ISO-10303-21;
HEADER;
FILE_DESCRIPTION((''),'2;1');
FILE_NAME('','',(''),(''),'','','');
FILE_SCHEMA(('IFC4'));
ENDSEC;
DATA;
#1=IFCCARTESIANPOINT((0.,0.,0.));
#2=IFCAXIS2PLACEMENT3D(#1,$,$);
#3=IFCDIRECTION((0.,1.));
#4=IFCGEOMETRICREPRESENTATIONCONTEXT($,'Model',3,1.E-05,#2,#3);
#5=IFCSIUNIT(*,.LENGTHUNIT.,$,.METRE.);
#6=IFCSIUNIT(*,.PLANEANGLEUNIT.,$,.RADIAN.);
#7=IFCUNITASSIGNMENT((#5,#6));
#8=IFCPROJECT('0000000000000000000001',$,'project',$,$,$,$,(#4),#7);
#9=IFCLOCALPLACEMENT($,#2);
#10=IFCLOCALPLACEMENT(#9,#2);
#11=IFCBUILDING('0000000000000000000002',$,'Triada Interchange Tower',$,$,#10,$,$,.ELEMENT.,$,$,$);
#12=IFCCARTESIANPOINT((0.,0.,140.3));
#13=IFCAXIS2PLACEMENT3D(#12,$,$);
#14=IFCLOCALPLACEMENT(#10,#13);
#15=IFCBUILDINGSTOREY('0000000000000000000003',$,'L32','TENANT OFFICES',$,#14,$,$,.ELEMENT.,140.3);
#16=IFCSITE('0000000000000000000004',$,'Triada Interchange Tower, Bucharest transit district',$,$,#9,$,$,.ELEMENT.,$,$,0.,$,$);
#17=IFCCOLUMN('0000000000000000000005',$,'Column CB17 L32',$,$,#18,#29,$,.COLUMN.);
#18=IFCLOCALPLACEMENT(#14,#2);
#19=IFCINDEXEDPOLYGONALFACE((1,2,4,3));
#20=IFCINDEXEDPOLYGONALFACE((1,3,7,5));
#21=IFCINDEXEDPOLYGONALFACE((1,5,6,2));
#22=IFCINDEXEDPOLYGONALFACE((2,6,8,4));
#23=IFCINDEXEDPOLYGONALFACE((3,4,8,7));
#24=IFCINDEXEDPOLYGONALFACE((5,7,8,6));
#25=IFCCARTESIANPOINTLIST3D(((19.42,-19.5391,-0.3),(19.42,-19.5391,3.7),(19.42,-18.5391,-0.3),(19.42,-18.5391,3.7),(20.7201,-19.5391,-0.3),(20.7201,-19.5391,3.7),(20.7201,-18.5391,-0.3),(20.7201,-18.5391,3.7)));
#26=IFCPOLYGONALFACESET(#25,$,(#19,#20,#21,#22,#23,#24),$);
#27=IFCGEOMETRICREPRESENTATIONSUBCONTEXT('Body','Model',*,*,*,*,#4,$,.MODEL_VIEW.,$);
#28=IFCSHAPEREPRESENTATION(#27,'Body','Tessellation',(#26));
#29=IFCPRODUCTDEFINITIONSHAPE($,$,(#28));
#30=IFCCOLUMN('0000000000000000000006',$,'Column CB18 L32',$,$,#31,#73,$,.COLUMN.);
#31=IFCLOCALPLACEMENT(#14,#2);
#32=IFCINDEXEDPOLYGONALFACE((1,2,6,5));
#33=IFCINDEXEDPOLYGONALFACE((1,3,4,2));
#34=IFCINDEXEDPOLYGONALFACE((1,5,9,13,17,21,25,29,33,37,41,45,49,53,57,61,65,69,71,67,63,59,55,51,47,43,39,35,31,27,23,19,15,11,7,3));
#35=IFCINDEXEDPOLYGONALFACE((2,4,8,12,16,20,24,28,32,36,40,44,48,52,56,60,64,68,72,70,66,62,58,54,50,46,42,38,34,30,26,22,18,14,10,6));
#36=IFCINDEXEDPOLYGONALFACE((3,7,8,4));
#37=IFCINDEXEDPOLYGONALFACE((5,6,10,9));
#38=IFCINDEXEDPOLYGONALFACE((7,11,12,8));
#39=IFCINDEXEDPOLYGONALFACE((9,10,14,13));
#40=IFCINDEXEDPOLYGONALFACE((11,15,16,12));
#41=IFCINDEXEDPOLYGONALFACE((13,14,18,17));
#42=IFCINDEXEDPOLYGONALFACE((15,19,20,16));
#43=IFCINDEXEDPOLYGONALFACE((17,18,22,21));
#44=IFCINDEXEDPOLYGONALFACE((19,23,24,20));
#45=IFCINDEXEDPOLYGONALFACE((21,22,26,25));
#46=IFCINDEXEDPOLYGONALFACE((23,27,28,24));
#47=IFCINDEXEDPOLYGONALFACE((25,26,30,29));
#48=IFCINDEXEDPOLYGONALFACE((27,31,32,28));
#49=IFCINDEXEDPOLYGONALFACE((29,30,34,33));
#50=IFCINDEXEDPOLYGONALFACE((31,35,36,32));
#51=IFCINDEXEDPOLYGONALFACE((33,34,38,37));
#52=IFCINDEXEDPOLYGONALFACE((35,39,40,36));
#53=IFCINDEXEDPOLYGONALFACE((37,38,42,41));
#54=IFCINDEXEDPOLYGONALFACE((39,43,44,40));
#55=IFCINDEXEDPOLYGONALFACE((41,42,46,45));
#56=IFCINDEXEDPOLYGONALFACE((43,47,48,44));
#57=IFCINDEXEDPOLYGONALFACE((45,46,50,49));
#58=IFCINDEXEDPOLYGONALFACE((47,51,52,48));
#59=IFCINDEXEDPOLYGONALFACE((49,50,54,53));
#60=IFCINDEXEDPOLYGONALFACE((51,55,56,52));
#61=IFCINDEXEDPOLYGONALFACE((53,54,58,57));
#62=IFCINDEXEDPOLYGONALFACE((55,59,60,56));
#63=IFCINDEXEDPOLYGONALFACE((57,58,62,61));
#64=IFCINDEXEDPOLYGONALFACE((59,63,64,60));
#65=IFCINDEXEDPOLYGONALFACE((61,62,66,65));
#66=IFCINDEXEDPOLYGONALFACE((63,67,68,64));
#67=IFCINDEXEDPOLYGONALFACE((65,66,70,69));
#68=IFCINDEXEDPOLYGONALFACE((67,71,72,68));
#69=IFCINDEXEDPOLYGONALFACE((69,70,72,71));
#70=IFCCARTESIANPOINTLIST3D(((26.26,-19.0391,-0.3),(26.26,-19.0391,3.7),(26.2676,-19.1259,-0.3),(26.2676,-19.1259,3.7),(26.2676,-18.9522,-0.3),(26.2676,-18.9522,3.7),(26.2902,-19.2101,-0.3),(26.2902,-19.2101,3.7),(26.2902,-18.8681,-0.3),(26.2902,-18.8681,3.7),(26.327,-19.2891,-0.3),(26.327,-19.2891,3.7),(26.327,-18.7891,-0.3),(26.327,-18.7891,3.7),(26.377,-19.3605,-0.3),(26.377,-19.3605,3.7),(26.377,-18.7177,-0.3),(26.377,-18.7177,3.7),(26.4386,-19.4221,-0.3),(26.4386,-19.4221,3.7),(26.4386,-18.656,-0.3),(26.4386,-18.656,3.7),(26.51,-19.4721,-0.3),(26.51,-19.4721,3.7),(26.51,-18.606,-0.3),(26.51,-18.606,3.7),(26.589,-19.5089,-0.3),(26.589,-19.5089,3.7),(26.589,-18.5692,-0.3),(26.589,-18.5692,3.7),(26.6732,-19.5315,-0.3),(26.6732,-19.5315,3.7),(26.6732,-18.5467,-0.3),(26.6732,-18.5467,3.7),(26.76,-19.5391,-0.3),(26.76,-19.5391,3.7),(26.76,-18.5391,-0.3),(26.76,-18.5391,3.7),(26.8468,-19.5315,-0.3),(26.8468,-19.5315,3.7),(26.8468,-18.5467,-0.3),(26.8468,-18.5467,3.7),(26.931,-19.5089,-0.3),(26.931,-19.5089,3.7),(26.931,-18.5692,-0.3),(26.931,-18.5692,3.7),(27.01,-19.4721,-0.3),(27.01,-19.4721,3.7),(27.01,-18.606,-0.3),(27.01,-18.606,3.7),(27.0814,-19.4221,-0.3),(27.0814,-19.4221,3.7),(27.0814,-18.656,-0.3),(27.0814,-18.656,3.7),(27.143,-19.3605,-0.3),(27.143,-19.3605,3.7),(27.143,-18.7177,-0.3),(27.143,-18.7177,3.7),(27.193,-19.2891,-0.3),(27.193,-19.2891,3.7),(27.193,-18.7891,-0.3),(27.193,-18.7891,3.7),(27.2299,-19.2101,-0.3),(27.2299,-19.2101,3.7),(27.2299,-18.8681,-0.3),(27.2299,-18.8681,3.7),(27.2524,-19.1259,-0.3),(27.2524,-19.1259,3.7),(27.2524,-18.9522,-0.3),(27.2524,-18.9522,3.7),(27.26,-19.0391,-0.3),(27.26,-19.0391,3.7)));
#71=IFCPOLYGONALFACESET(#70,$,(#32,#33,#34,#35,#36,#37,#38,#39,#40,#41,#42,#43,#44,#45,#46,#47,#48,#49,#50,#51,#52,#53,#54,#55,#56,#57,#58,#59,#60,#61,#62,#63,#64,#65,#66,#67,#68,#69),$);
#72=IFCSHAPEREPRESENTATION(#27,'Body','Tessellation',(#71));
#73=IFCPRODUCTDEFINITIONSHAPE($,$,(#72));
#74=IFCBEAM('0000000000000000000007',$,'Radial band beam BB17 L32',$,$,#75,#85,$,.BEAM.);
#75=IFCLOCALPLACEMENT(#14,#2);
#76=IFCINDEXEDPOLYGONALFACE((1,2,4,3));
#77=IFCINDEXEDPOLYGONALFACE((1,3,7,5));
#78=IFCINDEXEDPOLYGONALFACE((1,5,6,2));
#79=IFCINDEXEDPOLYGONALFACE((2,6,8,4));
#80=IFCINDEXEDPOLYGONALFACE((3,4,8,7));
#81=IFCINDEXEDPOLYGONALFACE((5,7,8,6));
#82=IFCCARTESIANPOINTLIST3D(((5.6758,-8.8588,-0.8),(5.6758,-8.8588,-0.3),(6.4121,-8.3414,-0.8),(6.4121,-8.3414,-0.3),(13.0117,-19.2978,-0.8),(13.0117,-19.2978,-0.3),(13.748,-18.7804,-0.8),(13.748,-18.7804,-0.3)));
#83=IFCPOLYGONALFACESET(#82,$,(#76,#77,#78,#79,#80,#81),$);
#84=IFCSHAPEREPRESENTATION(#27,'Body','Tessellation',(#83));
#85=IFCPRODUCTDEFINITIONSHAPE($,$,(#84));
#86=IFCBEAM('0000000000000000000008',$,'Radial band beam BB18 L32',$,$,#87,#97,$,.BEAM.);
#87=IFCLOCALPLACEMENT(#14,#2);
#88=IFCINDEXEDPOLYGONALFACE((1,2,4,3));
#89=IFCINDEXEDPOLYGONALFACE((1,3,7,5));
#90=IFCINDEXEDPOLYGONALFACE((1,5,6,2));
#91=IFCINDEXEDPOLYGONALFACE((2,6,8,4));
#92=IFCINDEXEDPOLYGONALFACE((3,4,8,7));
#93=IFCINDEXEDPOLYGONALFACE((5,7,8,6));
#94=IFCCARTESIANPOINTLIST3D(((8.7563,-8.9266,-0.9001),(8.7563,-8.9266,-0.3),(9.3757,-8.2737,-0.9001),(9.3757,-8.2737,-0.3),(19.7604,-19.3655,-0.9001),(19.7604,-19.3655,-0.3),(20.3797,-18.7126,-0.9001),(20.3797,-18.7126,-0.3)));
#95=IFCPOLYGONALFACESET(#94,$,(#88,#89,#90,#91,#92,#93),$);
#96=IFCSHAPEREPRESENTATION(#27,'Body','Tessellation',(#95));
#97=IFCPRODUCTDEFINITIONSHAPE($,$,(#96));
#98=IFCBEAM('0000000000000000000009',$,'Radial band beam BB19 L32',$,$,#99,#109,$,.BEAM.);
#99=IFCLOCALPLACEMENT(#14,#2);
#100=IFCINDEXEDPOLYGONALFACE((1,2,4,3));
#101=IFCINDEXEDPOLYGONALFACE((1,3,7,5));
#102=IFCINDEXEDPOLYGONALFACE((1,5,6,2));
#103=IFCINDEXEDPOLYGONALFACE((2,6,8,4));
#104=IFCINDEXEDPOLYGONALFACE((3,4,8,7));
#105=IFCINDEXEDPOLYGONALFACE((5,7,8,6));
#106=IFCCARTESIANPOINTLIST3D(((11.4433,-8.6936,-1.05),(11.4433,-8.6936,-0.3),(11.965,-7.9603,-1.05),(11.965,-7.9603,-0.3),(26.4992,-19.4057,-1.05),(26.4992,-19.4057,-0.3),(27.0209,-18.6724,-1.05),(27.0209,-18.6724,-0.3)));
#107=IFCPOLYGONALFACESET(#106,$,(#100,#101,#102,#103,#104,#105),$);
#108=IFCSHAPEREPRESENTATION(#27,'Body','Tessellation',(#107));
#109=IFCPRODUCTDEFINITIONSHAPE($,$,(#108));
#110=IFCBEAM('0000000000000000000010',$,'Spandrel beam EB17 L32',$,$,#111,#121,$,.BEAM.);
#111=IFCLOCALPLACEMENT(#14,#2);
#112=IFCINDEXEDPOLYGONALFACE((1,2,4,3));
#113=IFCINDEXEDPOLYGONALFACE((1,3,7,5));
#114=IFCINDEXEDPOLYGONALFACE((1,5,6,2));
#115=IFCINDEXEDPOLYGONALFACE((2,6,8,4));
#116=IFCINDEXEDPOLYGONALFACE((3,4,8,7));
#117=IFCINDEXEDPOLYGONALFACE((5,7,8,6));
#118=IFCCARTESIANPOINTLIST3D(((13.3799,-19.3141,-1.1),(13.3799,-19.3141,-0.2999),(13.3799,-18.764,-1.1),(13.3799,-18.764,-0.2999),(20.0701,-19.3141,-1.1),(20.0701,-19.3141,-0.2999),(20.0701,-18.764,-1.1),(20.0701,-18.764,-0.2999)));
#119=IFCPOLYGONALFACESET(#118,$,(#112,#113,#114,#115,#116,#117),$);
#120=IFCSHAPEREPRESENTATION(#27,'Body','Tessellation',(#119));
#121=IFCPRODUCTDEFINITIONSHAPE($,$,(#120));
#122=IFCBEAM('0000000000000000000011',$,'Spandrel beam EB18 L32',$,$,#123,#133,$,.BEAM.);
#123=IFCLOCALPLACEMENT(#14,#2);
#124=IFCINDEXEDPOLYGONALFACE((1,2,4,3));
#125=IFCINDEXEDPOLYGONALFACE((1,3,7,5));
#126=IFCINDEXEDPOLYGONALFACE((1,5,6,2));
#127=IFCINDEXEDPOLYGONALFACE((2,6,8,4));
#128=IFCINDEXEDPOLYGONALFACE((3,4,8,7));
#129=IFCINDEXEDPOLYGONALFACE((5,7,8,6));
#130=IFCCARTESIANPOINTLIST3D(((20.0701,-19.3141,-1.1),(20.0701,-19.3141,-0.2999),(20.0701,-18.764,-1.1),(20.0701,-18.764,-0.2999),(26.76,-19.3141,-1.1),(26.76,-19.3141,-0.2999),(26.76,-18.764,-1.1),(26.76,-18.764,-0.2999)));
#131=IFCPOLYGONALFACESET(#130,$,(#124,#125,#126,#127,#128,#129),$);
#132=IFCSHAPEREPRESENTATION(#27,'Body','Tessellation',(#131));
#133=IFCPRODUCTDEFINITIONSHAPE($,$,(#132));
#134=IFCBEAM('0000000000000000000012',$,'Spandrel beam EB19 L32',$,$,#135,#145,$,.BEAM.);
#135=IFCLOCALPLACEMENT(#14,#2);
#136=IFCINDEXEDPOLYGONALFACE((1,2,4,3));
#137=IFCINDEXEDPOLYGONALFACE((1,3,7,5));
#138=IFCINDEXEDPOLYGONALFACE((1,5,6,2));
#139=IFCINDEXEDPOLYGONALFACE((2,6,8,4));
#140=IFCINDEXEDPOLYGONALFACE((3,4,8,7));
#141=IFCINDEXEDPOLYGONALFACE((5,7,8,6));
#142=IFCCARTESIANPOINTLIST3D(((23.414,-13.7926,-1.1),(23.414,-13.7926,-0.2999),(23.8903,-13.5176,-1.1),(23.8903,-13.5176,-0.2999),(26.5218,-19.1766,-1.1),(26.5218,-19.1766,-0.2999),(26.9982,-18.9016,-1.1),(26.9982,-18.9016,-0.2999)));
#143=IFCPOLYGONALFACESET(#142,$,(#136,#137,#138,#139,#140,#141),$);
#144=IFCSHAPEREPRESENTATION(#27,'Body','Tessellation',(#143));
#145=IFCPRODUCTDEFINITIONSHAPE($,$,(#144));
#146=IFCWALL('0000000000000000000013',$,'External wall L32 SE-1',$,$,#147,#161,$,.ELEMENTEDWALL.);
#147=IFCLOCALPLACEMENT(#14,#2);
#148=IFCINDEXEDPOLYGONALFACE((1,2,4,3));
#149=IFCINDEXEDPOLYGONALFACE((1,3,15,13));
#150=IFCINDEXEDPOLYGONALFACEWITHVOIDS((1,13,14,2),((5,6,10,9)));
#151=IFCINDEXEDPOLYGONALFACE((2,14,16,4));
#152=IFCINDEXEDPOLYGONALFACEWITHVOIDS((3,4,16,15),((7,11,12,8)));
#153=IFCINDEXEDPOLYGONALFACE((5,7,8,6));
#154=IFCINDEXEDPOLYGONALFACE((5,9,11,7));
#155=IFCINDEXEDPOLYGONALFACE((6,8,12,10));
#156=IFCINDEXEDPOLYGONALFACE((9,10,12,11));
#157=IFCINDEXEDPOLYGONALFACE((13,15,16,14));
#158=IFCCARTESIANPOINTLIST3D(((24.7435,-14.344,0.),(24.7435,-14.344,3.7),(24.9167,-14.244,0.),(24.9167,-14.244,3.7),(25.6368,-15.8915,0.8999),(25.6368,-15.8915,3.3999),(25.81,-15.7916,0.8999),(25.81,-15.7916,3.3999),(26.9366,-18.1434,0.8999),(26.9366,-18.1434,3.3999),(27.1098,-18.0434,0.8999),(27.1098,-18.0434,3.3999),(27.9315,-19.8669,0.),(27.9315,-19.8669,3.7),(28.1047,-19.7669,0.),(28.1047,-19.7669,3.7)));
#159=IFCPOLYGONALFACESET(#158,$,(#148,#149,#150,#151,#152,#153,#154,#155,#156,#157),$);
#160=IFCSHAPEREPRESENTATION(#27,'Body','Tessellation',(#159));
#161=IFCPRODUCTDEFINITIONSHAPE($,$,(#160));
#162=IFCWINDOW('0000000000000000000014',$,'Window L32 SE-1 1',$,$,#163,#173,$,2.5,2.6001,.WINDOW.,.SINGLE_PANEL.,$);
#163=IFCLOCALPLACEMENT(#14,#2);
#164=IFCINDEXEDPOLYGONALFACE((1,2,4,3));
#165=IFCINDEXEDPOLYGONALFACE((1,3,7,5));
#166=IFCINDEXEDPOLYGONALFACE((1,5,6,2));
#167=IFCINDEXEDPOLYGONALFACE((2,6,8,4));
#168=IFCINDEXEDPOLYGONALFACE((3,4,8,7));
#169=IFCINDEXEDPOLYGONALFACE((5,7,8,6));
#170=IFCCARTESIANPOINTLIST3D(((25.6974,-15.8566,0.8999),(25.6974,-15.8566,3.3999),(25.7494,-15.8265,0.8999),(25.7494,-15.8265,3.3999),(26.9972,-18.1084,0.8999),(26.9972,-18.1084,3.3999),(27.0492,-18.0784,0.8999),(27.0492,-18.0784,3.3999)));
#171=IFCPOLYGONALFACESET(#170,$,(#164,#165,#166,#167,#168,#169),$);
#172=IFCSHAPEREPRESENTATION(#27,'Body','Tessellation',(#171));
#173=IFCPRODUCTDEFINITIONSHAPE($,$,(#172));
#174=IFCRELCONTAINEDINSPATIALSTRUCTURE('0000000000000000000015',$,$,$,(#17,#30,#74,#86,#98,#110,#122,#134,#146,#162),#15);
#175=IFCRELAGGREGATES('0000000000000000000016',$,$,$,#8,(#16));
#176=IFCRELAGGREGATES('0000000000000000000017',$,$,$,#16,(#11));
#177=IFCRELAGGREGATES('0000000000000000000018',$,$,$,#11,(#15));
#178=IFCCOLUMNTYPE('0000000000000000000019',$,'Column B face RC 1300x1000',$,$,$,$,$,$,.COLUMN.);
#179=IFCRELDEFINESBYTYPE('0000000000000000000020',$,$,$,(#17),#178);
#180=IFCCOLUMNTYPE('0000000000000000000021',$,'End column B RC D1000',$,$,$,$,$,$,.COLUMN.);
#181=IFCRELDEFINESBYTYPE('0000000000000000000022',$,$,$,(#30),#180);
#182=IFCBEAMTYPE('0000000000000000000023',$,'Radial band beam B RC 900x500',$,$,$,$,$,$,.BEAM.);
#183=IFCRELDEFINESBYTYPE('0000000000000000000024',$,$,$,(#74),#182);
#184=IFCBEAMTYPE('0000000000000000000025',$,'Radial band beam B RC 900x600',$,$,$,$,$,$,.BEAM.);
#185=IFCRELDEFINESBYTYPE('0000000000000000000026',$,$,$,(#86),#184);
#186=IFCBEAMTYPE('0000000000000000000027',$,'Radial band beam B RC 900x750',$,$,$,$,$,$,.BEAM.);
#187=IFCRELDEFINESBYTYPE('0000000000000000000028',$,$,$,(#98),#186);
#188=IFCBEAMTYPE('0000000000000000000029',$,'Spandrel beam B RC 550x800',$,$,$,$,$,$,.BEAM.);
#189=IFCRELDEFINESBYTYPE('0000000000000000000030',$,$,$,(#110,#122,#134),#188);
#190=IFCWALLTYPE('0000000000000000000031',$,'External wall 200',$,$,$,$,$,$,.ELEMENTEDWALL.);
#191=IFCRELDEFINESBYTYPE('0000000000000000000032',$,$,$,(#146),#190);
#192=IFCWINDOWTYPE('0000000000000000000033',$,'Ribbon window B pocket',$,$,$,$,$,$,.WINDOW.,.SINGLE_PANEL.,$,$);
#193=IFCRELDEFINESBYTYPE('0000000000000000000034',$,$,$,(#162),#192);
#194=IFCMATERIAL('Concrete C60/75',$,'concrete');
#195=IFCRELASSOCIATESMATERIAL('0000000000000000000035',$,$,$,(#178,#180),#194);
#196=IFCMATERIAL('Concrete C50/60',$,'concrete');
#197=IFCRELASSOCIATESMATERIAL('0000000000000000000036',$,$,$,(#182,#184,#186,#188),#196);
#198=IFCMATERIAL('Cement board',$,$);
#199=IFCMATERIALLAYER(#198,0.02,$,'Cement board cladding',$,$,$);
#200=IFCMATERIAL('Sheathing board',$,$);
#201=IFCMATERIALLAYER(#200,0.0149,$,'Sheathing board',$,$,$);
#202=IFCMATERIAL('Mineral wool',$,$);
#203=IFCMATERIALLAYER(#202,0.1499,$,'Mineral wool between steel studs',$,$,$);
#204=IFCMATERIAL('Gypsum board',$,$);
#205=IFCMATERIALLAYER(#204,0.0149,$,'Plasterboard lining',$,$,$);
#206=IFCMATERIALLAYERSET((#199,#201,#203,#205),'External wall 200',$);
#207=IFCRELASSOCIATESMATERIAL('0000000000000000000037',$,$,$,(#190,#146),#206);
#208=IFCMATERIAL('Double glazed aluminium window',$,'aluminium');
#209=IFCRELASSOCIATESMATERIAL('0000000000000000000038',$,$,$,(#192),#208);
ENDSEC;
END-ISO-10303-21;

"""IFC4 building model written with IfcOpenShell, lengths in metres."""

from ifc_helpers import new_model, si_unit, direction, frame, frame_2d, origin, origin_2d, place, context, subcontext, project, spatial, rectangle, circle, extrude, material, layer, layer_set, layer_usage, material_profile, profile_set, type_object, element, fill, save


model = new_model("IFC4")

# Units and contexts
model_context = context("Model", 3, precision=1e-05, world=origin(), true_north=direction((0.0, 1.0)))
body_context = subcontext(model_context, "Body", "Model", "MODEL_VIEW")
ifc_project = project(units=[si_unit("LENGTHUNIT", "METRE"), si_unit("PLANEANGLEUNIT", "RADIAN")], contexts=[model_context])

# Site, building, storey
site_placement = place(None, origin())
site = spatial("IfcSite", under=ifc_project, at=site_placement, Name="Triada Interchange Tower, Bucharest transit district", CompositionType="ELEMENT", RefElevation=0.0)
building_placement = place(site_placement, origin())
building = spatial("IfcBuilding", under=site, at=building_placement, Name="Triada Interchange Tower", CompositionType="ELEMENT")
storey_placement = place(building_placement, frame((0.0, 0.0, 140.3)))
storey = spatial("IfcBuildingStorey", under=building, at=storey_placement, Name="L32", Description="TENANT OFFICES", CompositionType="ELEMENT", Elevation=140.3)

# Columns
ifc_material_1 = material(Name="Concrete C60/75", Category="concrete")
ifc_material_profile_1 = material_profile(ifc_material_1, rectangle(XDim=1.3, YDim=1.0, at=origin_2d()), Name="RC 1300x1000")
ifc_profile_set_1 = profile_set([ifc_material_profile_1], Name="Concrete C60/75")
column_type_1 = type_object("IfcColumnType", Name="Column B face RC 1300x1000", PredefinedType="COLUMN", material=ifc_profile_set_1)
column_1_placement = place(storey_placement, frame((20.0701, -19.0391, -0.3), z_axis=(0.0, 0.0, 1.0), x_axis=(1.0, 0.0, 0.0)))
element("IfcColumn", 1, at=column_1_placement, inside=storey, type_object=column_type_1, Name="Column CB17 L32", PredefinedType="COLUMN", context=body_context, shape_type="SweptSolid", body=[
    extrude(rectangle(XDim=1.3, YDim=1.0, at=origin_2d()), origin(), (0.0, 0.0, 1.0), 4.0),
])
ifc_material_profile_2 = material_profile(ifc_material_1, circle(Radius=0.5, at=origin_2d()), Name="RC D1000")
ifc_profile_set_2 = profile_set([ifc_material_profile_2], Name="Concrete C60/75")
column_type_2 = type_object("IfcColumnType", Name="End column B RC D1000", PredefinedType="COLUMN", material=ifc_profile_set_2)
column_2_placement = place(storey_placement, frame((26.76, -19.0391, -0.3), z_axis=(0.0, 0.0, 1.0), x_axis=(1.0, 0.0, 0.0)))
element("IfcColumn", 2, at=column_2_placement, inside=storey, type_object=column_type_2, Name="Column CB18 L32", PredefinedType="COLUMN", context=body_context, shape_type="SweptSolid", body=[
    extrude(circle(Radius=0.5, at=origin_2d()), origin(), (0.0, 0.0, 1.0), 4.0),
])

# Beams
ifc_material_2 = material(Name="Concrete C50/60", Category="concrete")
ifc_material_profile_3 = material_profile(ifc_material_2, rectangle(XDim=0.8999, YDim=0.5, at=origin_2d()), Name="RC 900x500")
ifc_profile_set_3 = profile_set([ifc_material_profile_3], Name="Concrete C50/60")
beam_type_1 = type_object("IfcBeamType", Name="Radial band beam B RC 900x500", PredefinedType="BEAM", material=ifc_profile_set_3)
beam_1_placement = place(storey_placement, frame((13.3799, -19.0391, -0.55), z_axis=(-0.574969, 0.818175, 0.0), x_axis=(-0.818175, -0.574969, 0.0)))
element("IfcBeam", 3, at=beam_1_placement, inside=storey, type_object=beam_type_1, Name="Radial band beam BB17 L32", PredefinedType="BEAM", context=body_context, shape_type="SweptSolid", body=[
    extrude(rectangle(XDim=0.8999, YDim=0.5, at=origin_2d()), origin(), (0.0, 0.0, 1.0), 12.7588),
])
ifc_material_profile_4 = material_profile(ifc_material_2, rectangle(XDim=0.8999, YDim=0.6001, at=origin_2d()), Name="RC 900x600")
ifc_profile_set_4 = profile_set([ifc_material_profile_4], Name="Concrete C50/60")
beam_type_2 = type_object("IfcBeamType", Name="Radial band beam B RC 900x600", PredefinedType="BEAM", material=ifc_profile_set_4)
beam_2_placement = place(storey_placement, frame((20.0701, -19.0391, -0.6001), z_axis=(-0.725492, 0.68823, 0.0), x_axis=(-0.68823, -0.725492, 0.0)))
element("IfcBeam", 4, at=beam_2_placement, inside=storey, type_object=beam_type_2, Name="Radial band beam BB18 L32", PredefinedType="BEAM", context=body_context, shape_type="SweptSolid", body=[
    extrude(rectangle(XDim=0.8999, YDim=0.6001, at=origin_2d()), origin(), (0.0, 0.0, 1.0), 15.1677),
])
ifc_material_profile_5 = material_profile(ifc_material_2, rectangle(XDim=0.8999, YDim=0.75, at=origin_2d()), Name="RC 900x750")
ifc_profile_set_5 = profile_set([ifc_material_profile_5], Name="Concrete C50/60")
beam_type_3 = type_object("IfcBeamType", Name="Radial band beam B RC 900x750", PredefinedType="BEAM", material=ifc_profile_set_5)
beam_3_placement = place(storey_placement, frame((26.76, -19.0391, -0.675), z_axis=(-0.814809, 0.57973, 0.0), x_axis=(-0.57973, -0.814809, 0.0)))
element("IfcBeam", 5, at=beam_3_placement, inside=storey, type_object=beam_type_3, Name="Radial band beam BB19 L32", PredefinedType="BEAM", context=body_context, shape_type="SweptSolid", body=[
    extrude(rectangle(XDim=0.8999, YDim=0.75, at=origin_2d()), origin(), (0.0, 0.0, 1.0), 18.4778),
])
ifc_material_profile_6 = material_profile(ifc_material_2, rectangle(XDim=0.55, YDim=0.8, at=origin_2d()), Name="RC 550x800")
ifc_profile_set_6 = profile_set([ifc_material_profile_6], Name="Concrete C50/60")
beam_type_4 = type_object("IfcBeamType", Name="Spandrel beam B RC 550x800", PredefinedType="BEAM", material=ifc_profile_set_6)
beam_4_placement = place(storey_placement, frame((13.3799, -19.0391, -0.7), z_axis=(1.0, 0.0, 0.0), x_axis=(0.0, 1.0, 0.0)))
element("IfcBeam", 6, at=beam_4_placement, inside=storey, type_object=beam_type_4, Name="Spandrel beam EB17 L32", PredefinedType="BEAM", context=body_context, shape_type="SweptSolid", body=[
    extrude(rectangle(XDim=0.55, YDim=0.8, at=origin_2d()), origin(), (0.0, 0.0, 1.0), 6.6902),
])
beam_5_placement = place(storey_placement, frame((20.0701, -19.0391, -0.7), z_axis=(1.0, 0.0, 0.0), x_axis=(0.0, 1.0, 0.0)))
element("IfcBeam", 7, at=beam_5_placement, inside=storey, type_object=beam_type_4, Name="Spandrel beam EB18 L32", PredefinedType="BEAM", context=body_context, shape_type="SweptSolid", body=[
    extrude(rectangle(XDim=0.55, YDim=0.8, at=origin_2d()), origin(), (0.0, 0.0, 1.0), 6.6899),
])
beam_6_placement = place(storey_placement, frame((26.76, -19.0391, -0.7), z_axis=(-0.499932, 0.866065, 0.0), x_axis=(-0.866065, -0.499932, 0.0)))
element("IfcBeam", 8, at=beam_6_placement, inside=storey, type_object=beam_type_4, Name="Spandrel beam EB19 L32", PredefinedType="BEAM", context=body_context, shape_type="SweptSolid", body=[
    extrude(rectangle(XDim=0.55, YDim=0.8, at=origin_2d()), origin(), (0.0, 0.0, 1.0), 6.2166),
])

# Wall, opening, window
ifc_material_3 = material(Name="Cement board")
ifc_layer_1 = layer(ifc_material_3, 0.02, Name="Cement board cladding")
ifc_material_4 = material(Name="Sheathing board")
ifc_layer_2 = layer(ifc_material_4, 0.0149, Name="Sheathing board")
ifc_material_5 = material(Name="Mineral wool")
ifc_layer_3 = layer(ifc_material_5, 0.1499, Name="Mineral wool between steel studs")
ifc_material_6 = material(Name="Gypsum board")
ifc_layer_4 = layer(ifc_material_6, 0.0149, Name="Plasterboard lining")
ifc_layer_set_1 = layer_set([ifc_layer_1, ifc_layer_2, ifc_layer_3, ifc_layer_4], Name="External wall 200")
ifc_layer_usage = layer_usage(ifc_layer_set_1, "AXIS2", "POSITIVE", -0.1001)
wall_type = type_object("IfcWallType", Name="External wall 200", PredefinedType="ELEMENTEDWALL", material=ifc_layer_set_1)
wall_placement = place(storey_placement, frame((28.0181, -19.8169, 0.0), z_axis=(0.0, 0.0, 1.0), x_axis=(-0.499919, 0.866072, 0.0)))
wall = element("IfcWall", 9, at=wall_placement, inside=storey, type_object=wall_type, material=ifc_layer_usage, Name="External wall L32 SE-1", PredefinedType="ELEMENTEDWALL", context=body_context, shape_type="SweptSolid", body=[
    extrude(rectangle(XDim=6.377, YDim=0.2, at=frame_2d((3.1885, 0.0))), origin(), (0.0, 0.0, 1.0), 3.7),
])
opening_placement = place(wall_placement, frame((1.99, 0.0, 0.8999)))
opening = element("IfcOpeningElement", 10, at=opening_placement, cuts=wall, PredefinedType="OPENING", context=body_context, shape_type="SweptSolid", body=[
    extrude(rectangle(XDim=2.6001, YDim=2.5, at=frame_2d((1.3, 1.25))), frame((0.0, 0.1099, 0.0), z_axis=(0.0, -1.0, 0.0), x_axis=(1.0, 0.0, 0.0)), (0.0, 0.0, 1.0), 0.22),
])
ifc_material_7 = material(Name="Double glazed aluminium window", Category="aluminium")
window_type = type_object("IfcWindowType", Name="Ribbon window B pocket", PartitioningType="SINGLE_PANEL", PredefinedType="WINDOW", material=ifc_material_7)
window_placement = place(opening_placement, origin())
window = element("IfcWindow", 11, at=window_placement, inside=storey, type_object=window_type, Name="Window L32 SE-1 1", OverallHeight=2.5, OverallWidth=2.6001, PartitioningType="SINGLE_PANEL", PredefinedType="WINDOW", context=body_context, shape_type="SweptSolid", body=[
    extrude(rectangle(XDim=2.6001, YDim=2.5, at=frame_2d((1.3, 1.25))), frame((0.0, 0.03, 0.0), z_axis=(0.0, -1.0, 0.0), x_axis=(1.0, 0.0, 0.0)), (0.0, 0.0, 1.0), 0.0601),
])
fill(opening, window)

save(model, "model.ifc")
